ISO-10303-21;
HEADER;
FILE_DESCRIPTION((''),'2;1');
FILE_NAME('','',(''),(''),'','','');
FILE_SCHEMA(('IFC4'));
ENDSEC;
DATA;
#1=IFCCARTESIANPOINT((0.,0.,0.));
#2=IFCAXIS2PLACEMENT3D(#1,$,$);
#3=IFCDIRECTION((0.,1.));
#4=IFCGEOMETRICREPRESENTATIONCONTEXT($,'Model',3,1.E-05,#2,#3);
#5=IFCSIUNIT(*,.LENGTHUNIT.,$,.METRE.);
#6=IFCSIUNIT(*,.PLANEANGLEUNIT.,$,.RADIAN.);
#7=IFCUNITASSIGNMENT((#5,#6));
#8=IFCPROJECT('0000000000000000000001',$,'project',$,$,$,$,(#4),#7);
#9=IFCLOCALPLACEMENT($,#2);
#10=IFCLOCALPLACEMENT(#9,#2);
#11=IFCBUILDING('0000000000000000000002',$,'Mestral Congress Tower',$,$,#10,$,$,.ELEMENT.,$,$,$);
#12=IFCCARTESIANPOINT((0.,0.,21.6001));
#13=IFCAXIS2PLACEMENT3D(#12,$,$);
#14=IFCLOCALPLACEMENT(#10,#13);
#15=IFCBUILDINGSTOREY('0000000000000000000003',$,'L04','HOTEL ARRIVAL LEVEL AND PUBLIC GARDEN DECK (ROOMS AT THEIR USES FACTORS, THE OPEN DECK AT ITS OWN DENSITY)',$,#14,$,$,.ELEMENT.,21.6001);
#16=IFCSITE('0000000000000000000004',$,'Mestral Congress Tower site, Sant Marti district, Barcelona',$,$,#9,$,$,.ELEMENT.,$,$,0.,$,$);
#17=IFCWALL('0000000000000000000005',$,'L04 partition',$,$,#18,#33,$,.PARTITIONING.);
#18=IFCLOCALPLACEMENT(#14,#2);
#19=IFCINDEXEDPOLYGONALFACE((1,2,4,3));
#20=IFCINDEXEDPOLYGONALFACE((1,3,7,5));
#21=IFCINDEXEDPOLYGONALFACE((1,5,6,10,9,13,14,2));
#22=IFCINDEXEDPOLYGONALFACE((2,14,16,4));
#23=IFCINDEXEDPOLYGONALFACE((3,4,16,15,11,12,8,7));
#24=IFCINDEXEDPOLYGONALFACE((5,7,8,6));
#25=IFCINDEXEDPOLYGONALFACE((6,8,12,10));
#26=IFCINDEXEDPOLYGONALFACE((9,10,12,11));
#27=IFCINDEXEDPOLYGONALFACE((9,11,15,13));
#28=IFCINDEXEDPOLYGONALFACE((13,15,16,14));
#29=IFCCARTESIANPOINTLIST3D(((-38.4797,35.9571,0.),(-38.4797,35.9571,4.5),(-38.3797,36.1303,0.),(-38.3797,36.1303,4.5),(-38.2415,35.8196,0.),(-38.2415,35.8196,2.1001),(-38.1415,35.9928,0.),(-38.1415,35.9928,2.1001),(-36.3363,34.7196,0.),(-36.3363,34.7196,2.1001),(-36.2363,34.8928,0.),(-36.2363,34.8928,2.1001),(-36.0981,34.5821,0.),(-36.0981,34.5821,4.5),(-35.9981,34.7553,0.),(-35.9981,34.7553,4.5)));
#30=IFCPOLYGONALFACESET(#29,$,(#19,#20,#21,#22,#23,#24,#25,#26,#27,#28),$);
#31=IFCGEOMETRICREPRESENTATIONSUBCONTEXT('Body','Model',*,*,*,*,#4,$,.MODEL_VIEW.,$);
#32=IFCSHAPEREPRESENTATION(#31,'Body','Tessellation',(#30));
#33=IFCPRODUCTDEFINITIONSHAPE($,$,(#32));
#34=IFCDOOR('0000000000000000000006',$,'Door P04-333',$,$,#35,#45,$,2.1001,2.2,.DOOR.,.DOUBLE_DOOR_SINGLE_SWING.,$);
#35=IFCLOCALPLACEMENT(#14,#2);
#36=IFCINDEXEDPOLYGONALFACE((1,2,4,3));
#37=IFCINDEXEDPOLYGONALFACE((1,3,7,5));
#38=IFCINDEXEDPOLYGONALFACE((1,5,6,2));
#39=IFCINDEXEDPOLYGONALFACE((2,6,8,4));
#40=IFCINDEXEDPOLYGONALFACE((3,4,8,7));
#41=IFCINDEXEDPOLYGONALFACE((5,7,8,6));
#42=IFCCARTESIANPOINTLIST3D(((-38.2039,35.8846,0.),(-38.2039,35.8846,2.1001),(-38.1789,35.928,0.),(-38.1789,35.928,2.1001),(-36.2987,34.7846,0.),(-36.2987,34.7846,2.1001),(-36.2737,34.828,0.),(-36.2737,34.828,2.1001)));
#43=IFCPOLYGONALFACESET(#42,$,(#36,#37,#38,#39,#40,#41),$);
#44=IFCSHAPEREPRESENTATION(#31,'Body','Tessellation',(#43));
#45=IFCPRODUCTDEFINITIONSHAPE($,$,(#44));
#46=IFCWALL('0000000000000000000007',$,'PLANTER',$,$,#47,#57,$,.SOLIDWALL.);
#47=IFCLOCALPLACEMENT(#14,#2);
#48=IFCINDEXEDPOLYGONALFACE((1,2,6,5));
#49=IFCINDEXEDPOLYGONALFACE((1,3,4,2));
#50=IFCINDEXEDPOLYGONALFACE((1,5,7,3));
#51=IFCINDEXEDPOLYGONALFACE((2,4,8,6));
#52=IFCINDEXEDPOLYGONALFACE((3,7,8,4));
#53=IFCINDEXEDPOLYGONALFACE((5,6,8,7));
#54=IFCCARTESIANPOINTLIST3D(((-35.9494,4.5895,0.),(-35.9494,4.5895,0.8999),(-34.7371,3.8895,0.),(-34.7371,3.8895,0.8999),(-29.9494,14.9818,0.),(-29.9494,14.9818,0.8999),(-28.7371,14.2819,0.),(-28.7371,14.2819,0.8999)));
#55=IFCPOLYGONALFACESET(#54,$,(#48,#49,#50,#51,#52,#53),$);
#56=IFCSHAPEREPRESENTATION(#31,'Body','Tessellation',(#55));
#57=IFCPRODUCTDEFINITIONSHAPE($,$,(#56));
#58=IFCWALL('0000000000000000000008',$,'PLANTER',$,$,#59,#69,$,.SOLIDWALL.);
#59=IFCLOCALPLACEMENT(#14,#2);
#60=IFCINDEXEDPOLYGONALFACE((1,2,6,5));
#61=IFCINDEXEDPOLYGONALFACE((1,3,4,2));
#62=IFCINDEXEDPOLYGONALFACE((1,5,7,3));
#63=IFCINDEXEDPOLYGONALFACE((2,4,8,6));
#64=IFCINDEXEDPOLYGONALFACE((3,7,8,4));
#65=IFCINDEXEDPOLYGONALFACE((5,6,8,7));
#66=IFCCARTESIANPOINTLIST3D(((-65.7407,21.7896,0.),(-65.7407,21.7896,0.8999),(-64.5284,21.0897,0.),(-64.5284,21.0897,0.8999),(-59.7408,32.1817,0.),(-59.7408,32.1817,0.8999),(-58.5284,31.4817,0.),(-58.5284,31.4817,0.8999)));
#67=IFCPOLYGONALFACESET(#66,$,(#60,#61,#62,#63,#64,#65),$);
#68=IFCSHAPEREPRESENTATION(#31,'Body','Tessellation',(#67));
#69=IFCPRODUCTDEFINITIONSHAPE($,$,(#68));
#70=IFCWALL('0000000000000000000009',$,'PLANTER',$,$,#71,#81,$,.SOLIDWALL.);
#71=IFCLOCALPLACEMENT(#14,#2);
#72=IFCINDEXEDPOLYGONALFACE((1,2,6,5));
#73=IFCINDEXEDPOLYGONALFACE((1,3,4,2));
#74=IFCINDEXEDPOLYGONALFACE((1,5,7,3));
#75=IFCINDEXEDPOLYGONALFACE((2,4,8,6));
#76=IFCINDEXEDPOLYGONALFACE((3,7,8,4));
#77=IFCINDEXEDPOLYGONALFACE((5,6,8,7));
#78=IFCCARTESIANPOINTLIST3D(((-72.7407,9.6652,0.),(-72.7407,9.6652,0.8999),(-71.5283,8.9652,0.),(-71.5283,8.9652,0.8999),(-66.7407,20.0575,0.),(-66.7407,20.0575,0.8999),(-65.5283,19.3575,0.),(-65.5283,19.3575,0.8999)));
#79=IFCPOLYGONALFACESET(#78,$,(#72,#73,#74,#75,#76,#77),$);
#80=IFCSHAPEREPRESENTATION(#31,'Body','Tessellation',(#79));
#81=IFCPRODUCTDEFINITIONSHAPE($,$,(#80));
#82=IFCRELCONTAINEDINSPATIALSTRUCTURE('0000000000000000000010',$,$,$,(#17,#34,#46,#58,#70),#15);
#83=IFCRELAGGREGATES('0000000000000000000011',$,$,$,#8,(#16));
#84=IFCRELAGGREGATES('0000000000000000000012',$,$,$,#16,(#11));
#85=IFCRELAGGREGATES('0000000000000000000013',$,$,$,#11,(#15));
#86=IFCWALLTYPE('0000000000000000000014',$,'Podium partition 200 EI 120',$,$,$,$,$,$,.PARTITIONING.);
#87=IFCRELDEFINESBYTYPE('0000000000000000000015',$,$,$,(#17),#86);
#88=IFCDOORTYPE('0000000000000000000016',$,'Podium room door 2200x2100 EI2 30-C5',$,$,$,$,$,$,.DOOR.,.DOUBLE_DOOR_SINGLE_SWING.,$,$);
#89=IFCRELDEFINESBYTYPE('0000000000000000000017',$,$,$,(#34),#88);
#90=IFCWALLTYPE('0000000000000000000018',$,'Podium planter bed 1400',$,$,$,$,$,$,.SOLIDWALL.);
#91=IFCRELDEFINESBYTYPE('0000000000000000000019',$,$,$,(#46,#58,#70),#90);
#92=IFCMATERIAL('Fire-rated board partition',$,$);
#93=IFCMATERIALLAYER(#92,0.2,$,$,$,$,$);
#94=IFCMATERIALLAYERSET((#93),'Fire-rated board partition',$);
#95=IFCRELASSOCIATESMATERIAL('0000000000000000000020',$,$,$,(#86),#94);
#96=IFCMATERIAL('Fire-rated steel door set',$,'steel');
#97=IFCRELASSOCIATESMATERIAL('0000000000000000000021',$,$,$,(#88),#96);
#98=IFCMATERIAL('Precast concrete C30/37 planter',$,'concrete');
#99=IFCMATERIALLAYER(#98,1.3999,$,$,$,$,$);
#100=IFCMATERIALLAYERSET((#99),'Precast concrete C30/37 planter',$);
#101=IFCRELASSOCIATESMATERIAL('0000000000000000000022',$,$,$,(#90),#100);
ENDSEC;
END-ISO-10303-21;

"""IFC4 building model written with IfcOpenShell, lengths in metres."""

from ifc_helpers import new_model, si_unit, direction, frame, frame_2d, origin, place, context, subcontext, project, spatial, rectangle, extrude, material, layer, layer_set, type_object, element, fill, save


model = new_model("IFC4")

# Units and contexts
model_context = context("Model", 3, precision=1e-05, world=origin(), true_north=direction((0.0, 1.0)))
body_context = subcontext(model_context, "Body", "Model", "MODEL_VIEW")
ifc_project = project(units=[si_unit("LENGTHUNIT", "METRE"), si_unit("PLANEANGLEUNIT", "RADIAN")], contexts=[model_context])

# Site, building, storey
site_placement = place(None, origin())
site = spatial("IfcSite", under=ifc_project, at=site_placement, Name="Mestral Congress Tower site, Sant Marti district, Barcelona", CompositionType="ELEMENT", RefElevation=0.0)
building_placement = place(site_placement, origin())
building = spatial("IfcBuilding", under=site, at=building_placement, Name="Mestral Congress Tower", CompositionType="ELEMENT")
storey_placement = place(building_placement, frame((0.0, 0.0, 21.6001)))
storey = spatial("IfcBuildingStorey", under=building, at=storey_placement, Name="L04", Description="HOTEL ARRIVAL LEVEL AND PUBLIC GARDEN DECK (ROOMS AT THEIR USES FACTORS, THE OPEN DECK AT ITS OWN DENSITY)", CompositionType="ELEMENT", Elevation=21.6001)

# Wall, opening, door
ifc_material_1 = material(Name="Fire-rated board partition")
ifc_layer_1 = layer(ifc_material_1, 0.2)
ifc_layer_set_1 = layer_set([ifc_layer_1], Name="Fire-rated board partition")
wall_type_1 = type_object("IfcWallType", Name="Podium partition 200 EI 120", PredefinedType="PARTITIONING", material=ifc_layer_set_1)
wall_1_placement = place(storey_placement, frame((-36.0481, 34.6687, 0.0), z_axis=(0.0, 0.0, 1.0), x_axis=(-0.866027, 0.499997, 0.0)))
wall_1 = element("IfcWall", 1, at=wall_1_placement, inside=storey, type_object=wall_type_1, Name="L04 partition", PredefinedType="PARTITIONING", context=body_context, shape_type="SweptSolid", body=[
    extrude(rectangle(XDim=2.75, YDim=0.2, at=frame_2d((1.375, 0.0))), origin(), (0.0, 0.0, 1.0), 4.5),
])
opening_1_placement = place(wall_1_placement, frame((0.2749, 0.0, 0.0)))
opening_1 = element("IfcOpeningElement", 2, at=opening_1_placement, cuts=wall_1, PredefinedType="OPENING", context=body_context, shape_type="SweptSolid", body=[
    extrude(rectangle(XDim=2.2, YDim=2.1001, at=frame_2d((1.1001, 1.05))), frame((0.0, 0.1099, 0.0), z_axis=(0.0, -1.0, 0.0), x_axis=(1.0, 0.0, 0.0)), (0.0, 0.0, 1.0), 0.22),
])
ifc_material_2 = material(Name="Fire-rated steel door set", Category="steel")
door_type_1 = type_object("IfcDoorType", Name="Podium room door 2200x2100 EI2 30-C5", OperationType="DOUBLE_DOOR_SINGLE_SWING", PredefinedType="DOOR", material=ifc_material_2)
door_1_placement = place(opening_1_placement, origin())
door_1 = element("IfcDoor", 3, at=door_1_placement, inside=storey, type_object=door_type_1, Name="Door P04-333", OperationType="DOUBLE_DOOR_SINGLE_SWING", OverallHeight=2.1001, OverallWidth=2.2, PredefinedType="DOOR", context=body_context, shape_type="SweptSolid", body=[
    extrude(rectangle(XDim=2.2, YDim=2.1001, at=frame_2d((1.1001, 1.05))), frame((0.0, 0.0249, 0.0), z_axis=(0.0, -1.0, 0.0), x_axis=(1.0, 0.0, 0.0)), (0.0, 0.0, 1.0), 0.05),
])
fill(opening_1, door_1)

# Walls
ifc_material_3 = material(Name="Precast concrete C30/37 planter", Category="concrete")
ifc_layer_2 = layer(ifc_material_3, 1.3999)
ifc_layer_set_2 = layer_set([ifc_layer_2], Name="Precast concrete C30/37 planter")
wall_type_2 = type_object("IfcWallType", Name="Podium planter bed 1400", PredefinedType="SOLIDWALL", material=ifc_layer_set_2)
wall_2_placement = place(storey_placement, frame((-29.3433, 14.6318, 0.0), z_axis=(0.0, 0.0, 1.0), x_axis=(-0.499999, -0.866026, 0.0)))
element("IfcWall", 4, at=wall_2_placement, inside=storey, type_object=wall_type_2, Name="PLANTER", PredefinedType="SOLIDWALL", context=body_context, shape_type="SweptSolid", body=[
    extrude(rectangle(XDim=12.0, YDim=1.3999, at=frame_2d((6.0, 0.0))), origin(), (0.0, 0.0, 1.0), 0.8999),
])
wall_3_placement = place(storey_placement, frame((-59.1345, 31.8318, 0.0), z_axis=(0.0, 0.0, 1.0), x_axis=(-0.500008, -0.866021, 0.0)))
element("IfcWall", 5, at=wall_3_placement, inside=storey, type_object=wall_type_2, Name="PLANTER", PredefinedType="SOLIDWALL", context=body_context, shape_type="SweptSolid", body=[
    extrude(rectangle(XDim=11.9998, YDim=1.3999, at=frame_2d((6.0, 0.0))), origin(), (0.0, 0.0, 1.0), 0.8999),
])
wall_4_placement = place(storey_placement, frame((-66.1345, 19.7075, 0.0), z_axis=(0.0, 0.0, 1.0), x_axis=(-0.499999, -0.866026, 0.0)))
element("IfcWall", 6, at=wall_4_placement, inside=storey, type_object=wall_type_2, Name="PLANTER", PredefinedType="SOLIDWALL", context=body_context, shape_type="SweptSolid", body=[
    extrude(rectangle(XDim=12.0, YDim=1.3999, at=frame_2d((6.0, 0.0))), origin(), (0.0, 0.0, 1.0), 0.8999),
])

save(model, "model.ifc")
